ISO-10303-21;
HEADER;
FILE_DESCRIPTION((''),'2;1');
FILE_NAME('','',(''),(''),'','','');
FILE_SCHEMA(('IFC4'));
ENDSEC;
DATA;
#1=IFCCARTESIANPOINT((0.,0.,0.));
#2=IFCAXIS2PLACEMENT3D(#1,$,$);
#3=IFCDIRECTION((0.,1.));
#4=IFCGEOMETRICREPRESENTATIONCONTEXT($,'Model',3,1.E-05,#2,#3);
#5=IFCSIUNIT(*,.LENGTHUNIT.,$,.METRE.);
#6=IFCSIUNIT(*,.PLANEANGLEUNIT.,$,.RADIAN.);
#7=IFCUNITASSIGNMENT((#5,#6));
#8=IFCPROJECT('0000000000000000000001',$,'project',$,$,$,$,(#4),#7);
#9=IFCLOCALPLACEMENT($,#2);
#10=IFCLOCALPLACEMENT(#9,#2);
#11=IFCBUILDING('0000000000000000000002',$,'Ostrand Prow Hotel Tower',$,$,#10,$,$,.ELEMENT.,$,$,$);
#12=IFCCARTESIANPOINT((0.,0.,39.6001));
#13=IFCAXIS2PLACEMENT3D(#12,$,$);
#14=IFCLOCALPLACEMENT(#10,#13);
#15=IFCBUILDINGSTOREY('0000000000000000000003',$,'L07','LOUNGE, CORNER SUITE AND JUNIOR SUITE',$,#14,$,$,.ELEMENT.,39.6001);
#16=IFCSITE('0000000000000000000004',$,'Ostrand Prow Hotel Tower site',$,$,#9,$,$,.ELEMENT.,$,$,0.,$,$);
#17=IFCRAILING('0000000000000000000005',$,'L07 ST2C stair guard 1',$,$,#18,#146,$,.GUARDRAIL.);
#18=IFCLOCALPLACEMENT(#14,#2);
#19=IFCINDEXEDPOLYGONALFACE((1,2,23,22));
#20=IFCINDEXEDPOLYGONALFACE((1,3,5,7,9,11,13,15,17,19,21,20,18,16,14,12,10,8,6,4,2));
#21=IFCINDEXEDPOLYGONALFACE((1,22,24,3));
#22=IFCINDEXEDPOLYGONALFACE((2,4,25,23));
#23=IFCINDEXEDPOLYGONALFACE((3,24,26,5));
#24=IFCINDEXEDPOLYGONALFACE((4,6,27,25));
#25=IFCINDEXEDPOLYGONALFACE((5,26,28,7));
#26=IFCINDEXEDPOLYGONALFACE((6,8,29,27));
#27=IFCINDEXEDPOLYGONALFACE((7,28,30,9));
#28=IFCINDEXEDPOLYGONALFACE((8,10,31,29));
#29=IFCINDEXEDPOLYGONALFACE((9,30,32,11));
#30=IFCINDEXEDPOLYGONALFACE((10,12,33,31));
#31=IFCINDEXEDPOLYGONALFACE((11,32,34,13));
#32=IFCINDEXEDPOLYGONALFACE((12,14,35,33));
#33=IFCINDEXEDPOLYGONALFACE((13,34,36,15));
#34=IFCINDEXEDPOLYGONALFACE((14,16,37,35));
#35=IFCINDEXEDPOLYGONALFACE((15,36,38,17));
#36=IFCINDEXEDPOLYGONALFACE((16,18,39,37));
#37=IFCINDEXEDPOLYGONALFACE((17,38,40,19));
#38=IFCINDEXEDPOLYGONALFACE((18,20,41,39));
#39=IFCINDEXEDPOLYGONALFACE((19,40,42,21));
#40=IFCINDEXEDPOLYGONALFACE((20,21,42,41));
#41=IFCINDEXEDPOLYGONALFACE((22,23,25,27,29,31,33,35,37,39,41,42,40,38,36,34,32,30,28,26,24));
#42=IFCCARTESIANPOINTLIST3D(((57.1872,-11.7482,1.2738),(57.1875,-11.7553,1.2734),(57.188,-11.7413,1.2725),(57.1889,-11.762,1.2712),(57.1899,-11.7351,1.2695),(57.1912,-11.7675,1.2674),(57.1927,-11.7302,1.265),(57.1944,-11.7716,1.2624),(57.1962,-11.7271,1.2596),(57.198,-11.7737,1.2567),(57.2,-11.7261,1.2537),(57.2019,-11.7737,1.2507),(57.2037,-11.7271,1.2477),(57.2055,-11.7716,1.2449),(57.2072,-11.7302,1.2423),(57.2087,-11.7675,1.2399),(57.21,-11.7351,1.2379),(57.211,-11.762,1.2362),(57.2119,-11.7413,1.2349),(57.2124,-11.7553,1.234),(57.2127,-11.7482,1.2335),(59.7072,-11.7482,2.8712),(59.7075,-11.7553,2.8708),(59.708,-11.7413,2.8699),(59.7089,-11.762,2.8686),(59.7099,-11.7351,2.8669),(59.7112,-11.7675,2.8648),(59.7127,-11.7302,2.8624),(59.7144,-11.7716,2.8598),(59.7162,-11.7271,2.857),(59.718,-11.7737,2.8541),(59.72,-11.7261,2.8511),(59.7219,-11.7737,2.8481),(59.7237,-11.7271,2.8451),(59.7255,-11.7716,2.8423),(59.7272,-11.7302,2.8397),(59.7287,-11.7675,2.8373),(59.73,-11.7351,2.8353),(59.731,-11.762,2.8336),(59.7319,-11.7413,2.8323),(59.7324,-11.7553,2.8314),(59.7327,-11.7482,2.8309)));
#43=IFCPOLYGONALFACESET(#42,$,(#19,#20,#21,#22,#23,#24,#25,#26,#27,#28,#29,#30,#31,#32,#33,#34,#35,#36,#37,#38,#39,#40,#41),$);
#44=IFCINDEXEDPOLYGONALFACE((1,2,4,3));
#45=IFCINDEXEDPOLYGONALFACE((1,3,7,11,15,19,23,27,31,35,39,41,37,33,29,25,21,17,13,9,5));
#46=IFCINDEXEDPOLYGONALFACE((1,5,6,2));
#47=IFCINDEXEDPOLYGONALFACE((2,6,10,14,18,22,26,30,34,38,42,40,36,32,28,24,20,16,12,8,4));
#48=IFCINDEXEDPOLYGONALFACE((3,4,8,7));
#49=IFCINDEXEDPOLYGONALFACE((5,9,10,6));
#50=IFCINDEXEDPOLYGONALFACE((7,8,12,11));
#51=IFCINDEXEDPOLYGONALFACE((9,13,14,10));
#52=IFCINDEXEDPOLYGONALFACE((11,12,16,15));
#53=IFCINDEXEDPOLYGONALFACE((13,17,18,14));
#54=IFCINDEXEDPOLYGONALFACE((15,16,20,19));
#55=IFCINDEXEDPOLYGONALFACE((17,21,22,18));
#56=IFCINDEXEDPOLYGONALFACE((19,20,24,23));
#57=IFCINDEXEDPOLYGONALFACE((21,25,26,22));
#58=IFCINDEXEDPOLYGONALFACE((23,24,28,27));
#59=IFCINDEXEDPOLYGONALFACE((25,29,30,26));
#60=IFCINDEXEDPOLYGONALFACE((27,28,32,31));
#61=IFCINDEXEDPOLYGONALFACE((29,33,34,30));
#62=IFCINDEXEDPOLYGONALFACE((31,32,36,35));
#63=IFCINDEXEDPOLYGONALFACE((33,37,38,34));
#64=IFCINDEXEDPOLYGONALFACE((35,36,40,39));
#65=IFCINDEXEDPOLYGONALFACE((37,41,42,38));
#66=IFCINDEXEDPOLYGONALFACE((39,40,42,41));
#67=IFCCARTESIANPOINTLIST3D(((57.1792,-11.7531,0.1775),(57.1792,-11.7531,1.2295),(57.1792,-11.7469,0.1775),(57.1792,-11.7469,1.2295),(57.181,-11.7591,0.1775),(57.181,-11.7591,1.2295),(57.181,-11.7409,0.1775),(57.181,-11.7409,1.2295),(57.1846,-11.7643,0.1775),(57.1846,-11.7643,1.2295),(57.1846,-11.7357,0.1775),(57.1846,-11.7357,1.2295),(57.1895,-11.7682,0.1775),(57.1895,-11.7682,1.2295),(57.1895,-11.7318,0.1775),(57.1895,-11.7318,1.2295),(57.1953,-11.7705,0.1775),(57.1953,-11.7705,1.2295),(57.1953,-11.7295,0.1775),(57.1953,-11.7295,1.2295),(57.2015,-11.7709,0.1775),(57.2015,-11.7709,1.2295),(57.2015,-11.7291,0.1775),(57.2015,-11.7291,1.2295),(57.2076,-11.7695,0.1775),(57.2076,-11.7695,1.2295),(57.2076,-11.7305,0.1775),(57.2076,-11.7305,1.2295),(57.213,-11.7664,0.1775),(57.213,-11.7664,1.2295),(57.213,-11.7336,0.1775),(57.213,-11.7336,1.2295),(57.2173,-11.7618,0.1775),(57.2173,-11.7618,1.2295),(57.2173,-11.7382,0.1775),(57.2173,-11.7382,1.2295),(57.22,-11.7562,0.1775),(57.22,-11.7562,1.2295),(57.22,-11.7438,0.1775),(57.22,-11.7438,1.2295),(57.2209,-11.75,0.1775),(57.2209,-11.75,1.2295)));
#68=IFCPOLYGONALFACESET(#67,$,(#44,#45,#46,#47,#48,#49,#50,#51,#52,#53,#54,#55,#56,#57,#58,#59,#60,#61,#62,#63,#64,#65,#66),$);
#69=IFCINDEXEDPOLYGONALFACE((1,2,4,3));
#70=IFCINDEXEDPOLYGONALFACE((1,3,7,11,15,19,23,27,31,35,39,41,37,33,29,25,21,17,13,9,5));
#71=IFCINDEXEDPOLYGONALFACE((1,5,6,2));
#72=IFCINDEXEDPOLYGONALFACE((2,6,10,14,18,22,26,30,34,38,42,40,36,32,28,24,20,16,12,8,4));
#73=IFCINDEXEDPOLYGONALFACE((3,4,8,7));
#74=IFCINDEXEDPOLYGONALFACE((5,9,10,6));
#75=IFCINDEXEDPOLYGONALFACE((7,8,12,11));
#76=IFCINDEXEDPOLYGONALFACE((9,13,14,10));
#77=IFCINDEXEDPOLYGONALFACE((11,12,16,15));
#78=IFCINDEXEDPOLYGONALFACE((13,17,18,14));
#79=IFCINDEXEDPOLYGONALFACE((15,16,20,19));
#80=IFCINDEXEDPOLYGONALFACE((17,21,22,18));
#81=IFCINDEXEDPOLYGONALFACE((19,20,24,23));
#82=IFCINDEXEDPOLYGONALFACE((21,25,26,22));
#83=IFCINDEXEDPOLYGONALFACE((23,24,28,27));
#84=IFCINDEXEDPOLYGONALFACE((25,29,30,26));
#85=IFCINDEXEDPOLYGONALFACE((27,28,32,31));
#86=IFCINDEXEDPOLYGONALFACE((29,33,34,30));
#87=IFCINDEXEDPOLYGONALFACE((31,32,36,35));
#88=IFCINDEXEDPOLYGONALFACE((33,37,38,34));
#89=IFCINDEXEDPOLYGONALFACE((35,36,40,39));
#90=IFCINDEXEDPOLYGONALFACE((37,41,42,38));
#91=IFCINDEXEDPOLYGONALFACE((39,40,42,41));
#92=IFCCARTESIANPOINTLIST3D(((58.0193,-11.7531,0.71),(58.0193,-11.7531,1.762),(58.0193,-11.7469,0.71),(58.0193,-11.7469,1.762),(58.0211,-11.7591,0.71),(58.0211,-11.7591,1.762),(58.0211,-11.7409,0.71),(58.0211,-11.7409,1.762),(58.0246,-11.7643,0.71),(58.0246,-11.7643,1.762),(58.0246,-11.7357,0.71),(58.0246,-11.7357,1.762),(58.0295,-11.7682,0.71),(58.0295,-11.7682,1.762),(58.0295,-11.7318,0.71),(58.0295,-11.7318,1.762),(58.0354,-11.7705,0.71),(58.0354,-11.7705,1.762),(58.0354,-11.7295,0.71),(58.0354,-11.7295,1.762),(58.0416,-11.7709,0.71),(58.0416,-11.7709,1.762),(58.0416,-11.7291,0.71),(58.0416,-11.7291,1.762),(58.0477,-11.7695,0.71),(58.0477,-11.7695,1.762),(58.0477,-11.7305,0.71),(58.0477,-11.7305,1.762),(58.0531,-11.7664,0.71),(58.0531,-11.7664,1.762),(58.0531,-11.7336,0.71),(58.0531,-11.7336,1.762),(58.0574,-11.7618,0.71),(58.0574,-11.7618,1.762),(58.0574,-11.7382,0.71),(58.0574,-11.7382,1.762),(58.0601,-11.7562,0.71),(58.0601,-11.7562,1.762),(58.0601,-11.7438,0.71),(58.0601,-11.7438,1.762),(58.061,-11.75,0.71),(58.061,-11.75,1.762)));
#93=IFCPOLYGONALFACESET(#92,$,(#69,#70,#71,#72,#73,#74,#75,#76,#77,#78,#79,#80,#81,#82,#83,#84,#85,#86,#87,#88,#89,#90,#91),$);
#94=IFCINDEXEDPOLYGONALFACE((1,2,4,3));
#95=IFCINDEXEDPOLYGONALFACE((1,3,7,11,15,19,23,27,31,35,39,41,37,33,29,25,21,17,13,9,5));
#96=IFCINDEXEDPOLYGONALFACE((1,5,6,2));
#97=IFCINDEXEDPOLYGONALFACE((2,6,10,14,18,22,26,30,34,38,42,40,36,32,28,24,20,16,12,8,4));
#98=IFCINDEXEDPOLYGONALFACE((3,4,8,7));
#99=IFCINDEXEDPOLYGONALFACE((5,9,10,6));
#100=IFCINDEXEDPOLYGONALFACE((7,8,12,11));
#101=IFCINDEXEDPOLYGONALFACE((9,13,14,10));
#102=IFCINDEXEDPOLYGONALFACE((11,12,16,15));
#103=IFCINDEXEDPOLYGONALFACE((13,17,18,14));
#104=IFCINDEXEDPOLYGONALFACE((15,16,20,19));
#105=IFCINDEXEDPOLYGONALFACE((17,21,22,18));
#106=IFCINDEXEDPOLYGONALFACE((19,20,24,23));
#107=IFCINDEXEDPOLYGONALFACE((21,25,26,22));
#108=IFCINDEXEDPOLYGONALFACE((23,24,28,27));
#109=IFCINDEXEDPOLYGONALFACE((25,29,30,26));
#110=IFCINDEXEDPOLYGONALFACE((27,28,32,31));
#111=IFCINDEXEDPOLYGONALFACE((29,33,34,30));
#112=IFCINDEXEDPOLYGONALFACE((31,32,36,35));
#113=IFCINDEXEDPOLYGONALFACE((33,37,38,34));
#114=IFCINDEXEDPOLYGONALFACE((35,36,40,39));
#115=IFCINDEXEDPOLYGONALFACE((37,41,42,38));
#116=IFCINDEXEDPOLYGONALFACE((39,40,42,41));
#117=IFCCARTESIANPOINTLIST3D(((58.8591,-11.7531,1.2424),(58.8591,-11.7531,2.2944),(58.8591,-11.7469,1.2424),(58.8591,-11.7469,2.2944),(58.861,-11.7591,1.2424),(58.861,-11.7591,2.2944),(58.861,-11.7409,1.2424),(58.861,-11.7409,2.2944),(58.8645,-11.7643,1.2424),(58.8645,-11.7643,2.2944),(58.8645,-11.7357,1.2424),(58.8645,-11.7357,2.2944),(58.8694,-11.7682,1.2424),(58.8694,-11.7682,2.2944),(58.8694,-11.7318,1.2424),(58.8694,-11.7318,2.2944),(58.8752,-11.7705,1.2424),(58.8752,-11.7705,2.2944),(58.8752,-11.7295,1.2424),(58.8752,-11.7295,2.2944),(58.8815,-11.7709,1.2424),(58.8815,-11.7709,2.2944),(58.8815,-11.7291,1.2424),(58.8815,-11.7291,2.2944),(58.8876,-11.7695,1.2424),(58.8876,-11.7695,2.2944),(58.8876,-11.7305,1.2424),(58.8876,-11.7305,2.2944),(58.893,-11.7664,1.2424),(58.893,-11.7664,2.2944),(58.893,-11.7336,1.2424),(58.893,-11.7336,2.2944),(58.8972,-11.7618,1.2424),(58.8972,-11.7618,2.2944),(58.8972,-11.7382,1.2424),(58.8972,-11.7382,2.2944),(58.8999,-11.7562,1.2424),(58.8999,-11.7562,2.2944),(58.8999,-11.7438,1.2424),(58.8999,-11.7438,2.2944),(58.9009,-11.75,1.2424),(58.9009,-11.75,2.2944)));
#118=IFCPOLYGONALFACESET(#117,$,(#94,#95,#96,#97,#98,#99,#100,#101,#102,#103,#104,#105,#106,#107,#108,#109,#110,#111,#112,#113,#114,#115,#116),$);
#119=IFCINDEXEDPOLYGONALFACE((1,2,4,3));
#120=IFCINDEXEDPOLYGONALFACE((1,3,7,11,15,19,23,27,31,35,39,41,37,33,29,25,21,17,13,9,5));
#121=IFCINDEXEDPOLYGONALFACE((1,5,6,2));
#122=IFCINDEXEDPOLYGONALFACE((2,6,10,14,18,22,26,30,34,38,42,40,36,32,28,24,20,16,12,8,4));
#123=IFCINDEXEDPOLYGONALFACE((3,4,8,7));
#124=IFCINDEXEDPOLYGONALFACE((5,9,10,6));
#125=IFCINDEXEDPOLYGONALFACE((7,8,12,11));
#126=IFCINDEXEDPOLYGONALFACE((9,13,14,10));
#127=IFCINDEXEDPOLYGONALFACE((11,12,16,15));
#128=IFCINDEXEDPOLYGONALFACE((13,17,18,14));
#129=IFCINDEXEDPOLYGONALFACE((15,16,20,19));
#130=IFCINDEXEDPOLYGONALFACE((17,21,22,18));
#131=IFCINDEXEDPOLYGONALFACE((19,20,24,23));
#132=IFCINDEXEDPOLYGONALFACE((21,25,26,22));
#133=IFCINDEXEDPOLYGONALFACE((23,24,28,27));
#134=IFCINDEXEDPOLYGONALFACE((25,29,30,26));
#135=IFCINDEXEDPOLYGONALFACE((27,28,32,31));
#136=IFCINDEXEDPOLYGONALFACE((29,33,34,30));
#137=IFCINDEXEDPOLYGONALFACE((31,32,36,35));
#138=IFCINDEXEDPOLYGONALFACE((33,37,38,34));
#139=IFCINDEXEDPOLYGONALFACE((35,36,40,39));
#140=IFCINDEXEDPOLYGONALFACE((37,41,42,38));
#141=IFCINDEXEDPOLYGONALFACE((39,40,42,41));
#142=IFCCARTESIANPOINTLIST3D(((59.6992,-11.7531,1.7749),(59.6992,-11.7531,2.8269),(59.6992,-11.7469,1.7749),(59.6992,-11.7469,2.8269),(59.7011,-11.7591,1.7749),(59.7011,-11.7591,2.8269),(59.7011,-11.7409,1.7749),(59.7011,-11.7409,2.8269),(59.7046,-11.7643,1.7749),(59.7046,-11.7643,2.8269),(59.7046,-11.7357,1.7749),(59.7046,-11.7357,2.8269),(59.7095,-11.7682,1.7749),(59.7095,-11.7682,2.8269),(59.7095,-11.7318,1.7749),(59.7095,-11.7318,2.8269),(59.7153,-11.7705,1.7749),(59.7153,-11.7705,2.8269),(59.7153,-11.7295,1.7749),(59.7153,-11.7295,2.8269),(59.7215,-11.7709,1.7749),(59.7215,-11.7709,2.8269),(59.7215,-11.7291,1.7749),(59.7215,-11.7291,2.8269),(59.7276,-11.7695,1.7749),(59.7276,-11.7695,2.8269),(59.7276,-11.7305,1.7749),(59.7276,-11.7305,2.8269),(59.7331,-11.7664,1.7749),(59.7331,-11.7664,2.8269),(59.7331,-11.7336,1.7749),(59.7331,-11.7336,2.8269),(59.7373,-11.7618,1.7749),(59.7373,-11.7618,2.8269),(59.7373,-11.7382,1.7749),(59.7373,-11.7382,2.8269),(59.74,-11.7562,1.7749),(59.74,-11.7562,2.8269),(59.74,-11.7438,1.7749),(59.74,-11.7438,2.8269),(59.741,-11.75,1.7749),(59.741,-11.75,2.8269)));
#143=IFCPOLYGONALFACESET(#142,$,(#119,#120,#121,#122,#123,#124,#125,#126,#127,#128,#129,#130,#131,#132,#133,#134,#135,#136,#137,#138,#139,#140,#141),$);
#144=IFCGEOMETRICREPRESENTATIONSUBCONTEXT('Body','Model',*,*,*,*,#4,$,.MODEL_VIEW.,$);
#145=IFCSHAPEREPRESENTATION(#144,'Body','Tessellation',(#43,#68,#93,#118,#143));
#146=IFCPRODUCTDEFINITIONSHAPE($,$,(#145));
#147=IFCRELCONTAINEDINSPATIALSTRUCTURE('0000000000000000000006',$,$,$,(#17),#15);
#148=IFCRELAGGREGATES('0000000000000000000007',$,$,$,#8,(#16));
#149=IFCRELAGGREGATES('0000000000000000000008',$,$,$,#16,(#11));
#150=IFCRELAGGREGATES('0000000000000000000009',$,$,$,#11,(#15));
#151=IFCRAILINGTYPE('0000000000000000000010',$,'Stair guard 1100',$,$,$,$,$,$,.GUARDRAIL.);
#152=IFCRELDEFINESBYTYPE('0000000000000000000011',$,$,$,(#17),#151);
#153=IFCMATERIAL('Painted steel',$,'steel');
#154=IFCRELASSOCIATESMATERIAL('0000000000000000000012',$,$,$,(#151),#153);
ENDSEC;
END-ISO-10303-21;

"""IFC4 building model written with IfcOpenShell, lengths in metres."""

from ifc_helpers import new_model, si_unit, direction, frame, origin, origin_2d, place, context, subcontext, project, spatial, circle, extrude, material, type_object, element, save


model = new_model("IFC4")

# Units and contexts
model_context = context("Model", 3, precision=1e-05, world=origin(), true_north=direction((0.0, 1.0)))
body_context = subcontext(model_context, "Body", "Model", "MODEL_VIEW")
ifc_project = project(units=[si_unit("LENGTHUNIT", "METRE"), si_unit("PLANEANGLEUNIT", "RADIAN")], contexts=[model_context])

# Site, building, storey
site_placement = place(None, origin())
site = spatial("IfcSite", under=ifc_project, at=site_placement, Name="Ostrand Prow Hotel Tower site", CompositionType="ELEMENT", RefElevation=0.0)
building_placement = place(site_placement, origin())
building = spatial("IfcBuilding", under=site, at=building_placement, Name="Ostrand Prow Hotel Tower", CompositionType="ELEMENT")
storey_placement = place(building_placement, frame((0.0, 0.0, 39.6001)))
storey = spatial("IfcBuildingStorey", under=building, at=storey_placement, Name="L07", Description="LOUNGE, CORNER SUITE AND JUNIOR SUITE", CompositionType="ELEMENT", Elevation=39.6001)

# Railing
ifc_material_1 = material(Name="Painted steel", Category="steel")
railing_type_1 = type_object("IfcRailingType", Name="Stair guard 1100", PredefinedType="GUARDRAIL", material=ifc_material_1)
railing_1_placement = place(storey_placement, frame((57.2, -11.75, 0.1775)))
element("IfcRailing", 1, at=railing_1_placement, inside=storey, type_object=railing_type_1, Name="L07 ST2C stair guard 1", PredefinedType="GUARDRAIL", context=body_context, shape_type="SweptSolid", body=[
    extrude(circle(Radius=0.0239, at=origin_2d()), frame((0.0, 0.0, 1.0762), z_axis=(0.844607, 0.0, 0.535387), x_axis=(0.0, 1.0, 0.0)), (0.0, 0.0, 1.0), 2.9836),
    extrude(circle(Radius=0.021, at=origin_2d()), origin(), (0.0, 0.0, 1.0), 1.052),
    extrude(circle(Radius=0.021, at=origin_2d()), frame((0.8401, 0.0, 0.5325)), (0.0, 0.0, 1.0), 1.052),
    extrude(circle(Radius=0.021, at=origin_2d()), frame((1.6799, 0.0, 1.0649)), (0.0, 0.0, 1.0), 1.052),
    extrude(circle(Radius=0.021, at=origin_2d()), frame((2.52, 0.0, 1.5974)), (0.0, 0.0, 1.0), 1.052),
])

save(model, "model.ifc")
